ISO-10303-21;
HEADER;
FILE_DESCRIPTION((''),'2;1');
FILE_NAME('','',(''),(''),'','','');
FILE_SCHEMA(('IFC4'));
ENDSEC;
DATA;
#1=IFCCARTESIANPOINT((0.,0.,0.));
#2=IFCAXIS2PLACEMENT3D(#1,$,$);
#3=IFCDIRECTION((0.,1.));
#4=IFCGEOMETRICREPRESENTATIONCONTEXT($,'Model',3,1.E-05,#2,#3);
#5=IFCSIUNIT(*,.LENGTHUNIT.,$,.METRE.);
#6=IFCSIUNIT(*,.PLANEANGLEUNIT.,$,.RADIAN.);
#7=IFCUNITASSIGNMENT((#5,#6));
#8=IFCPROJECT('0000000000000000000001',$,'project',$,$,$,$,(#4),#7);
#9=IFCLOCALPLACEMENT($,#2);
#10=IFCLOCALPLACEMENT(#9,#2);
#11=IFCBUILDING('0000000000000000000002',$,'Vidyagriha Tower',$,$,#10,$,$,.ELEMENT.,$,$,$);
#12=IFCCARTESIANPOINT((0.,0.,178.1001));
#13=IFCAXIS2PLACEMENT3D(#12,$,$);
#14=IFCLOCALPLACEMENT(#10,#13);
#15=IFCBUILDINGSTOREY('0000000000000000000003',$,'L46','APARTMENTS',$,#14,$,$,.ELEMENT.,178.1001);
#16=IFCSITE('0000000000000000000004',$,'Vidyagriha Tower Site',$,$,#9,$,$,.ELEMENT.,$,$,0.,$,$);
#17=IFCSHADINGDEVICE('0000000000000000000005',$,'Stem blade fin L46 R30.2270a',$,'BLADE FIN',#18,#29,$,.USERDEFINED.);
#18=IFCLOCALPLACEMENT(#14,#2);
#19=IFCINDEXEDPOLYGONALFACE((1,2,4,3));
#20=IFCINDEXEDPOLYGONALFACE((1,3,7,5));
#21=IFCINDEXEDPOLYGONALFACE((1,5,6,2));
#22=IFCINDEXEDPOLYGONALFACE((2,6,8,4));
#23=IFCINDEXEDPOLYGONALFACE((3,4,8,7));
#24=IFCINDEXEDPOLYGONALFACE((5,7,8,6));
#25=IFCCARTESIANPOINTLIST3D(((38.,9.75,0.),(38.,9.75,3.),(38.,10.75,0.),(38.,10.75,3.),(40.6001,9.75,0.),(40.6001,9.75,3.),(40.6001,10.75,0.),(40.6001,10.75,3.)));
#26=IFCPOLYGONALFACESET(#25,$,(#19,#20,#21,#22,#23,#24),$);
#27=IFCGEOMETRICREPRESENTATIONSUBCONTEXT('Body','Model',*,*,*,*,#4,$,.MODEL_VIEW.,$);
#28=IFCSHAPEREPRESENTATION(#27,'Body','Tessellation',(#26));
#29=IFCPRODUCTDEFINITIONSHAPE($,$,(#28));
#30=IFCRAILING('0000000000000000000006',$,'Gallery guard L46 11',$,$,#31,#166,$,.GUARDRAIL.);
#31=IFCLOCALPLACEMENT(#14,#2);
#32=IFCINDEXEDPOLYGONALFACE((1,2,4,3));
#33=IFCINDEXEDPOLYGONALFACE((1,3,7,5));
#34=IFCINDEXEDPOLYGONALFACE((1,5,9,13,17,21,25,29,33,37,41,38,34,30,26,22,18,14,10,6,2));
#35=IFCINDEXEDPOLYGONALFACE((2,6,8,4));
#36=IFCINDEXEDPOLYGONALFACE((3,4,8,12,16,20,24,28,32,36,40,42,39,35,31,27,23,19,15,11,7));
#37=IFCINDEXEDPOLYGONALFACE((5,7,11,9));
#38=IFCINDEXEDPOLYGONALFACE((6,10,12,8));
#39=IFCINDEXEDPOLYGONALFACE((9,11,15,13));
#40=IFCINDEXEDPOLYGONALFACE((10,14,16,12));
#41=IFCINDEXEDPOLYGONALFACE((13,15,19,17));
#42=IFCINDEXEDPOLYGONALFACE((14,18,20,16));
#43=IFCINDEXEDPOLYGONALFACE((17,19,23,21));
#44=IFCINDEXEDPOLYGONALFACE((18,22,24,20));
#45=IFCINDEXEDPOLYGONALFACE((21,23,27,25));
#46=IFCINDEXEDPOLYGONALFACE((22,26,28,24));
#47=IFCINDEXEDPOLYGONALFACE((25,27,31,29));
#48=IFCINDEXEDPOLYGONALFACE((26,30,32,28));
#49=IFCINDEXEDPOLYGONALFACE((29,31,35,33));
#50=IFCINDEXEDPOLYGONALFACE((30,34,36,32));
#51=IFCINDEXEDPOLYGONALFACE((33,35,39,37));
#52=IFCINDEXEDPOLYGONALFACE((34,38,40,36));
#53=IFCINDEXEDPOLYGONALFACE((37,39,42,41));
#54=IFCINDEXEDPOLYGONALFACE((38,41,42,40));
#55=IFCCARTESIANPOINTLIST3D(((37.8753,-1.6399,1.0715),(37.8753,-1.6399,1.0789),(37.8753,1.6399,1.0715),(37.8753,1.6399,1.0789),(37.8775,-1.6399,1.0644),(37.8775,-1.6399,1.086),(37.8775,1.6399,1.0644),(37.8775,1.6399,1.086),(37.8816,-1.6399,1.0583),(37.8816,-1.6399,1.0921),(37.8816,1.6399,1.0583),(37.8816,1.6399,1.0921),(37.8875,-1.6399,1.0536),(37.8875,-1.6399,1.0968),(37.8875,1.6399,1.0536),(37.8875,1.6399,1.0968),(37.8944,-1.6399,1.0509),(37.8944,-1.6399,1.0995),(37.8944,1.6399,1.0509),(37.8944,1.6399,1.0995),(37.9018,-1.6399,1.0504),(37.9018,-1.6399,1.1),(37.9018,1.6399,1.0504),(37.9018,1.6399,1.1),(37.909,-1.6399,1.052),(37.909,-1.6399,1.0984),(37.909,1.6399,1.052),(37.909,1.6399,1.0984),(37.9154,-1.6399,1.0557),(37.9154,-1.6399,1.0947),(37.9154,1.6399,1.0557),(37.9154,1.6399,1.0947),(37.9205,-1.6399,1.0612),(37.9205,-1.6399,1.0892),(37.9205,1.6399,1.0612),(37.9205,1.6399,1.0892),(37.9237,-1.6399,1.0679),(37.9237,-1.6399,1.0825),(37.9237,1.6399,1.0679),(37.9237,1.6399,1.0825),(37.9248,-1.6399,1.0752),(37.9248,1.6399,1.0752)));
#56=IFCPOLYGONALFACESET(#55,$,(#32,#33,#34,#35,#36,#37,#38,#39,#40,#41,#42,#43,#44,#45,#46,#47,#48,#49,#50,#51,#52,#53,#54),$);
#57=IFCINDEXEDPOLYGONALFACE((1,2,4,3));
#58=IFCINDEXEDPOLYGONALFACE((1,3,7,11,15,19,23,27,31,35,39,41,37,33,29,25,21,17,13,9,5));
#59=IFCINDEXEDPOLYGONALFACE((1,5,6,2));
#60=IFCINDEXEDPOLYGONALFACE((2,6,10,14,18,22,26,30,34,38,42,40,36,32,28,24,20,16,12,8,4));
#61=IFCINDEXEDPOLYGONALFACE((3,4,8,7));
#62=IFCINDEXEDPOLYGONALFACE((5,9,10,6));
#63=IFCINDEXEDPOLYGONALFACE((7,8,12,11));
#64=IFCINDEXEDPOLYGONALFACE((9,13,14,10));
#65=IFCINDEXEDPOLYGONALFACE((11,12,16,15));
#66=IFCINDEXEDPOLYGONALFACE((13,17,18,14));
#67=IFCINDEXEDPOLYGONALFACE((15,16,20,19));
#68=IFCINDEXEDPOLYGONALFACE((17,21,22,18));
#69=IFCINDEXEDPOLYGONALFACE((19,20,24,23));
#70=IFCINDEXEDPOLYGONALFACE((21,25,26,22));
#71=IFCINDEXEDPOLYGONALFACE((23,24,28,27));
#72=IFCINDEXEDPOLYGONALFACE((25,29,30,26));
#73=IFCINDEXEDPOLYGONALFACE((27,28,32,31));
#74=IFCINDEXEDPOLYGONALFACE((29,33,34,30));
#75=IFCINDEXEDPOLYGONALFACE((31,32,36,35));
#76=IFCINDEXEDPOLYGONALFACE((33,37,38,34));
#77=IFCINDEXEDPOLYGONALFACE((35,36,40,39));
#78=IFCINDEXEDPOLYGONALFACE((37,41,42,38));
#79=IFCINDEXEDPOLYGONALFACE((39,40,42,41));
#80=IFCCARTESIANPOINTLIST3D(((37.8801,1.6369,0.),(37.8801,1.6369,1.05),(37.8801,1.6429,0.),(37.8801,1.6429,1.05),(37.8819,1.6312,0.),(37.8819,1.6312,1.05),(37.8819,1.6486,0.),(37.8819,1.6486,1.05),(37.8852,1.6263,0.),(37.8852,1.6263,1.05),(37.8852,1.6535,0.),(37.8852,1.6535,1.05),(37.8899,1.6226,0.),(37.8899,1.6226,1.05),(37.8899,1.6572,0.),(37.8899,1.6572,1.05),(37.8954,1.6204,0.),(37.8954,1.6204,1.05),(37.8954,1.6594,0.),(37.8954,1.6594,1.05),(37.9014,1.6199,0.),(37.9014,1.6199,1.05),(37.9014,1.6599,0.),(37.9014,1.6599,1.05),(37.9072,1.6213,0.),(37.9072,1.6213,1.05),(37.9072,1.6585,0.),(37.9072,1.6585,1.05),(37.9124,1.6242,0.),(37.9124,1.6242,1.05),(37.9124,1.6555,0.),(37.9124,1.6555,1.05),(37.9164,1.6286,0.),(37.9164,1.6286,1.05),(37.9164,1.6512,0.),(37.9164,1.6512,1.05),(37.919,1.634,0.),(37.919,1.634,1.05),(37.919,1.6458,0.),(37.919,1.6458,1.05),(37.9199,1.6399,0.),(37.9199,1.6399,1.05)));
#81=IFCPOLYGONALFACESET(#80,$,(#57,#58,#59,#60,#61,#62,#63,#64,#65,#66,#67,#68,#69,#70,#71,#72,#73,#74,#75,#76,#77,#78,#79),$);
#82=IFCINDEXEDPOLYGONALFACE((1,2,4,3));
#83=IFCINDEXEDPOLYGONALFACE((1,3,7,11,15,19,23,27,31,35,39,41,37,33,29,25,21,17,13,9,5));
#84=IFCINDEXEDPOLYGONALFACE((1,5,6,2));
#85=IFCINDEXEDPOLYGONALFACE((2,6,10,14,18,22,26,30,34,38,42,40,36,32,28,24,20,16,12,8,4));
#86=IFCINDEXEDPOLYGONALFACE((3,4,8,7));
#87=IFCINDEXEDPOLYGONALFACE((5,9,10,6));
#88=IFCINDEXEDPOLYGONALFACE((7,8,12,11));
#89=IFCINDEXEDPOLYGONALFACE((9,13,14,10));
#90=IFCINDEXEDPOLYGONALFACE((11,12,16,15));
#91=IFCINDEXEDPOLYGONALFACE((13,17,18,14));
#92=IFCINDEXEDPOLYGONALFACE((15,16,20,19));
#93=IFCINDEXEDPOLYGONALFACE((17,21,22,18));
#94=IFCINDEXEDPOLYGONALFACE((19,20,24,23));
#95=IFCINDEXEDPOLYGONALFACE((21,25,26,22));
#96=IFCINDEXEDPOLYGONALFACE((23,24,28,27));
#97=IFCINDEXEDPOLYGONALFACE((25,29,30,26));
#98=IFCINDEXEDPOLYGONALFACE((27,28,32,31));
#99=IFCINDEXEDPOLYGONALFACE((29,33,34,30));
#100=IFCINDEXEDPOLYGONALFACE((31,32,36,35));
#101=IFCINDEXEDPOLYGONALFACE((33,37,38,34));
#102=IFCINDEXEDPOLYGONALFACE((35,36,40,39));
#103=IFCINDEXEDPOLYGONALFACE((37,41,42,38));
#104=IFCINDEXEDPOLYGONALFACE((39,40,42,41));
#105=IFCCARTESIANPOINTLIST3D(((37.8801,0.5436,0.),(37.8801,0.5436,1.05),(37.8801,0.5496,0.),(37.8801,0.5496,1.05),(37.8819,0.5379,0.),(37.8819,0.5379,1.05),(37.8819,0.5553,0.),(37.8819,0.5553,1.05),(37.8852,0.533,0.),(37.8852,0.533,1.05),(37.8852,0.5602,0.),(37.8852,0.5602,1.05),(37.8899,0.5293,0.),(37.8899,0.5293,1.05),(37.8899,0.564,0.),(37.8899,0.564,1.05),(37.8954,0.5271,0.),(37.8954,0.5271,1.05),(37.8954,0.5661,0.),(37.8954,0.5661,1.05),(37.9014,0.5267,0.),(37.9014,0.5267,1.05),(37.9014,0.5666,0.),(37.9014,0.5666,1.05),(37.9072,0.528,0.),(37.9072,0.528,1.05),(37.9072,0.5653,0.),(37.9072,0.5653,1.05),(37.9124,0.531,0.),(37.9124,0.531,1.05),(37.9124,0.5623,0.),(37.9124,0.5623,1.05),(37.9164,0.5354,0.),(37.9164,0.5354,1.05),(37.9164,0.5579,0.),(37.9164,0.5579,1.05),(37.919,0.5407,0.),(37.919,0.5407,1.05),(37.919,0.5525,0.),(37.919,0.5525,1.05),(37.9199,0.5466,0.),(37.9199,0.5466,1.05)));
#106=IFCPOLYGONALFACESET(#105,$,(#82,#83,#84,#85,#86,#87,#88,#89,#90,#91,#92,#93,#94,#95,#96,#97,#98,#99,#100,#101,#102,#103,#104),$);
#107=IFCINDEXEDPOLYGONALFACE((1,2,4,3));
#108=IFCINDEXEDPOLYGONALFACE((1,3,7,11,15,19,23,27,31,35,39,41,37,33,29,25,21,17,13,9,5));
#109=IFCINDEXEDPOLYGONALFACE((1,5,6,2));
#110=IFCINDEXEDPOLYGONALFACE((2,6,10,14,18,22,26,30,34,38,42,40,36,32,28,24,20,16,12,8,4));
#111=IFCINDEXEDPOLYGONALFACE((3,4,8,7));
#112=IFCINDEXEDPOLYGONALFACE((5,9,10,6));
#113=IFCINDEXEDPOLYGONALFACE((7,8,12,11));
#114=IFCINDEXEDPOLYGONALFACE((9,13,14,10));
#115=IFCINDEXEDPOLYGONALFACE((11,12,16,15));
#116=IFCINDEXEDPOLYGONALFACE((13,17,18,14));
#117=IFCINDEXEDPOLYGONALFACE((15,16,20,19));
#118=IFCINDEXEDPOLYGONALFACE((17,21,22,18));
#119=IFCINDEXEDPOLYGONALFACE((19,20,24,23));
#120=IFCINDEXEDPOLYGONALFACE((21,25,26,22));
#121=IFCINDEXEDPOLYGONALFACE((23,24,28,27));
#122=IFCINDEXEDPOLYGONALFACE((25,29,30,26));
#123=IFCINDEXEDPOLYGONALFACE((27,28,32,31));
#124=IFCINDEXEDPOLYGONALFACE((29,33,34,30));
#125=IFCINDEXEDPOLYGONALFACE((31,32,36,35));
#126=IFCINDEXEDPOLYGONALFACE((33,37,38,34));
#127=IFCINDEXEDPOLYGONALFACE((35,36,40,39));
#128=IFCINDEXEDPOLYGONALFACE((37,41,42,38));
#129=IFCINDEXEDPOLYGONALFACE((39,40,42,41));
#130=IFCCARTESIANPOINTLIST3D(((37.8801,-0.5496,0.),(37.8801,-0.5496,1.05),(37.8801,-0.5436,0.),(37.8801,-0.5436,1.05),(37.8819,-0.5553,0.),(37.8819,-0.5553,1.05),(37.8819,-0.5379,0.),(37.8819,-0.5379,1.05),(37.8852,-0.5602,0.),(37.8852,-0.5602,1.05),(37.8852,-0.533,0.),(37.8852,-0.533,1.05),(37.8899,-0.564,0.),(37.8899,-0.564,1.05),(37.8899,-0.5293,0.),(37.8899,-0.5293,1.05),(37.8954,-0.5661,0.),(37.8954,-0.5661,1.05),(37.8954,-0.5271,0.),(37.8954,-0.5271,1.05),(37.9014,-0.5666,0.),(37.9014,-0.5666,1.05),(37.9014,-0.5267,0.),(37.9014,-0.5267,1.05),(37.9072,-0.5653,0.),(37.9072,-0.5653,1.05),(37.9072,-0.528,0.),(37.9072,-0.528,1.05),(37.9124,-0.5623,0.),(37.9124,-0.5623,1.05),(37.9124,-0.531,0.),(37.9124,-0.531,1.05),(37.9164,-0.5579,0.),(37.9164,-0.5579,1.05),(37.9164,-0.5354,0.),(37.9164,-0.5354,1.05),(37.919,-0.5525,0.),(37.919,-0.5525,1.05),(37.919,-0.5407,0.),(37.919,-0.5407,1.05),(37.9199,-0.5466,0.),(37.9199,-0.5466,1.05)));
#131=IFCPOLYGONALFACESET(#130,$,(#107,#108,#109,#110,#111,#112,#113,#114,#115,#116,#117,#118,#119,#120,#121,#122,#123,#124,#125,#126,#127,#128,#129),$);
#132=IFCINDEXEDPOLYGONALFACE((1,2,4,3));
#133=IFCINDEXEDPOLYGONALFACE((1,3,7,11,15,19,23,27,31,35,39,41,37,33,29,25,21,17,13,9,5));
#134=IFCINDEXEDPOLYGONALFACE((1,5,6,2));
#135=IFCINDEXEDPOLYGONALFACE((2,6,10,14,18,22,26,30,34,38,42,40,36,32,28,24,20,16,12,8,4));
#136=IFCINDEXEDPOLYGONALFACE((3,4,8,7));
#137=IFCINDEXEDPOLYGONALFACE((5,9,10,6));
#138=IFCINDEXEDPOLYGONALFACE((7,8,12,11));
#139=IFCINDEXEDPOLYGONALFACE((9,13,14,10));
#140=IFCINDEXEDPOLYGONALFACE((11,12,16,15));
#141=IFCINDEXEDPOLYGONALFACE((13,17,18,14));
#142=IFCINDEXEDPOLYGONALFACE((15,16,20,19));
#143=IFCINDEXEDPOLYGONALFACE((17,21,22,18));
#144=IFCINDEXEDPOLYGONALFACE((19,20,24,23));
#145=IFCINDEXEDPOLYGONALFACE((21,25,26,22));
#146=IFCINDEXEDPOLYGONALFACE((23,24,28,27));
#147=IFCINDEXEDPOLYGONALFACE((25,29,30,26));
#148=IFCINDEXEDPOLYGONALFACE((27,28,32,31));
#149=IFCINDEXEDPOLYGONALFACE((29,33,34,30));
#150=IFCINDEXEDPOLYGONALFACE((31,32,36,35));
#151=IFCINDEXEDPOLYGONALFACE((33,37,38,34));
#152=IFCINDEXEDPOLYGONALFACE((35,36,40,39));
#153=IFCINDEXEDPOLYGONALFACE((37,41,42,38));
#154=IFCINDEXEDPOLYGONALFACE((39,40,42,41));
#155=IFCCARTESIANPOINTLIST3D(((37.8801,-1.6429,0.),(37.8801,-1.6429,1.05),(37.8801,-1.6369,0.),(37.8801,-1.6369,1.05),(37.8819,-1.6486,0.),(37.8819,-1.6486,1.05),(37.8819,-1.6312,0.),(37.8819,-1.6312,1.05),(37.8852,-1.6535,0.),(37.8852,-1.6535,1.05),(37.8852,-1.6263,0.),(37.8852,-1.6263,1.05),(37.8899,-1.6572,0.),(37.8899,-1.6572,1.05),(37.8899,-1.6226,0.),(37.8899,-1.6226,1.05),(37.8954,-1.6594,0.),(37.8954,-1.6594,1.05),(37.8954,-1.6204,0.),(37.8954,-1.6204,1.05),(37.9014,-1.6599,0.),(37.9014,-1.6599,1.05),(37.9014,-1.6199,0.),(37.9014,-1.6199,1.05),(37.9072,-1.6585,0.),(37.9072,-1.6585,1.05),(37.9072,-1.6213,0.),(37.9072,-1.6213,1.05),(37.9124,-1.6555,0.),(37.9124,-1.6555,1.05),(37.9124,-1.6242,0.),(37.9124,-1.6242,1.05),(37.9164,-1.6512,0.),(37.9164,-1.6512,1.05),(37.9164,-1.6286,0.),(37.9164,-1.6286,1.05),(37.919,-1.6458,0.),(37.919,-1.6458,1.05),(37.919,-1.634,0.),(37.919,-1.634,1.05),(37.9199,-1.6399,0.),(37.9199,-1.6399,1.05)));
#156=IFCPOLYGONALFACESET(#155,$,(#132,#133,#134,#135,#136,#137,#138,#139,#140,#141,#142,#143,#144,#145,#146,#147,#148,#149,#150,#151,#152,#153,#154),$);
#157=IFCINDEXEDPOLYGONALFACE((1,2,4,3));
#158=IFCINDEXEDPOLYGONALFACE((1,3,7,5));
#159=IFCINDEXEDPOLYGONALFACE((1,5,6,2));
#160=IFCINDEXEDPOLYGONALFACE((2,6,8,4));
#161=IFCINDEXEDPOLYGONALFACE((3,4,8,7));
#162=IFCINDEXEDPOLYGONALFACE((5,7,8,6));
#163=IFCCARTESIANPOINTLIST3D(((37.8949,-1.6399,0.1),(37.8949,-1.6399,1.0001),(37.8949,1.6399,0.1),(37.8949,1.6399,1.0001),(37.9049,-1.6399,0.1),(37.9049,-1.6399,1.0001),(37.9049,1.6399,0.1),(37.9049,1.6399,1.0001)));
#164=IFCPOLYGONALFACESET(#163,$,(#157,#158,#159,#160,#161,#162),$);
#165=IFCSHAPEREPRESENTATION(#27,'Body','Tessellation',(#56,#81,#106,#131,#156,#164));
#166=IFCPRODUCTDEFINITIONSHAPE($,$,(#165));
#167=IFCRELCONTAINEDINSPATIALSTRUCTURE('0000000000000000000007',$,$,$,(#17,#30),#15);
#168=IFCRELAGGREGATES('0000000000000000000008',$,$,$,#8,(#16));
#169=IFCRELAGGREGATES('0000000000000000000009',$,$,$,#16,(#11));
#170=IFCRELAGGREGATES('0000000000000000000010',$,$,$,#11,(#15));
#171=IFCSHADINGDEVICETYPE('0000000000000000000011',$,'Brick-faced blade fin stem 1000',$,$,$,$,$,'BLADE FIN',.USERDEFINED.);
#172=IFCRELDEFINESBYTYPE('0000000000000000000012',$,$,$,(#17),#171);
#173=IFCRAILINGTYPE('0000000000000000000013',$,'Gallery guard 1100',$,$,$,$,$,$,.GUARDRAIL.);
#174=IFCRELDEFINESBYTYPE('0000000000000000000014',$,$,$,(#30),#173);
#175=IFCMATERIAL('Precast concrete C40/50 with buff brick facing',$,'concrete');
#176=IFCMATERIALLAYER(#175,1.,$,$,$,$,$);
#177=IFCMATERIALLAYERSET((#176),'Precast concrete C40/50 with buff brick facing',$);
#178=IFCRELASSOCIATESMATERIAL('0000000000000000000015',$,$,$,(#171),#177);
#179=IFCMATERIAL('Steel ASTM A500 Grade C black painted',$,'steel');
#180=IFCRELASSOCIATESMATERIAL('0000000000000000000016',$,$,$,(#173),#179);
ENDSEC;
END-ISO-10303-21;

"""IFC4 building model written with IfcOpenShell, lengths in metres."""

from ifc_helpers import new_model, si_unit, direction, frame, origin, origin_2d, place, context, subcontext, project, spatial, polyline, rectangle, circle, outline, extrude, material, layer, layer_set, type_object, element, save


model = new_model("IFC4")

# Units and contexts
model_context = context("Model", 3, precision=1e-05, world=origin(), true_north=direction((0.0, 1.0)))
body_context = subcontext(model_context, "Body", "Model", "MODEL_VIEW")
ifc_project = project(units=[si_unit("LENGTHUNIT", "METRE"), si_unit("PLANEANGLEUNIT", "RADIAN")], contexts=[model_context])

# Site, building, storey
site_placement = place(None, origin())
site = spatial("IfcSite", under=ifc_project, at=site_placement, Name="Vidyagriha Tower Site", CompositionType="ELEMENT", RefElevation=0.0)
building_placement = place(site_placement, origin())
building = spatial("IfcBuilding", under=site, at=building_placement, Name="Vidyagriha Tower", CompositionType="ELEMENT")
storey_placement = place(building_placement, frame((0.0, 0.0, 178.1001)))
storey = spatial("IfcBuildingStorey", under=building, at=storey_placement, Name="L46", Description="APARTMENTS", CompositionType="ELEMENT", Elevation=178.1001)

# Shading device
ifc_material_1 = material(Name="Precast concrete C40/50 with buff brick facing", Category="concrete")
ifc_layer_1 = layer(ifc_material_1, 1.0)
ifc_layer_set_1 = layer_set([ifc_layer_1], Name="Precast concrete C40/50 with buff brick facing")
shading_device_type_1 = type_object("IfcShadingDeviceType", Name="Brick-faced blade fin stem 1000", ElementType="BLADE FIN", PredefinedType="USERDEFINED", material=ifc_layer_set_1)
shading_device_1_placement = place(storey_placement, frame((39.3, 9.75, 0.0), z_axis=(0.0, 0.0, 1.0), x_axis=(0.0, 1.0, 0.0)))
element("IfcShadingDevice", 1, at=shading_device_1_placement, inside=storey, type_object=shading_device_type_1, Name="Stem blade fin L46 R30.2270a", ObjectType="BLADE FIN", PredefinedType="USERDEFINED", context=body_context, shape_type="SweptSolid", body=[
    extrude(outline(polyline([(0.0, 0.0), (1.0, 0.0), (1.0, 3.0), (0.0, 3.0), (0.0, 0.0)])), frame((0.0, 1.3, 0.0), z_axis=(0.0, -1.0, 0.0), x_axis=(1.0, 0.0, 0.0)), (0.0, 0.0, 1.0), 2.6001),
])

# Railing
ifc_material_2 = material(Name="Steel ASTM A500 Grade C black painted", Category="steel")
railing_type_1 = type_object("IfcRailingType", Name="Gallery guard 1100", PredefinedType="GUARDRAIL", material=ifc_material_2)
railing_1_placement = place(storey_placement, frame((37.8999, 1.6399, 0.0)))
element("IfcRailing", 2, at=railing_1_placement, inside=storey, type_object=railing_type_1, Name="Gallery guard L46 11", PredefinedType="GUARDRAIL", context=body_context, shape_type="SweptSolid", body=[
    extrude(circle(Radius=0.0249, at=origin_2d()), frame((0.0, 0.0, 1.0752), z_axis=(0.0, -1.0, 0.0), x_axis=(1.0, 0.0, 0.0)), (0.0, 0.0, 1.0), 3.2798),
    extrude(circle(Radius=0.02, at=origin_2d()), origin(), (0.0, 0.0, 1.0), 1.05),
    extrude(circle(Radius=0.02, at=origin_2d()), frame((0.0, -1.0933, 0.0)), (0.0, 0.0, 1.0), 1.05),
    extrude(circle(Radius=0.02, at=origin_2d()), frame((0.0, -2.1865, 0.0)), (0.0, 0.0, 1.0), 1.05),
    extrude(circle(Radius=0.02, at=origin_2d()), frame((0.0, -3.2798, 0.0)), (0.0, 0.0, 1.0), 1.05),
    extrude(rectangle(XDim=0.01, YDim=0.9001, at=origin_2d()), frame((0.0, 0.0, 0.55), z_axis=(0.0, -1.0, 0.0), x_axis=(1.0, 0.0, 0.0)), (0.0, 0.0, 1.0), 3.2798),
])

save(model, "model.ifc")
